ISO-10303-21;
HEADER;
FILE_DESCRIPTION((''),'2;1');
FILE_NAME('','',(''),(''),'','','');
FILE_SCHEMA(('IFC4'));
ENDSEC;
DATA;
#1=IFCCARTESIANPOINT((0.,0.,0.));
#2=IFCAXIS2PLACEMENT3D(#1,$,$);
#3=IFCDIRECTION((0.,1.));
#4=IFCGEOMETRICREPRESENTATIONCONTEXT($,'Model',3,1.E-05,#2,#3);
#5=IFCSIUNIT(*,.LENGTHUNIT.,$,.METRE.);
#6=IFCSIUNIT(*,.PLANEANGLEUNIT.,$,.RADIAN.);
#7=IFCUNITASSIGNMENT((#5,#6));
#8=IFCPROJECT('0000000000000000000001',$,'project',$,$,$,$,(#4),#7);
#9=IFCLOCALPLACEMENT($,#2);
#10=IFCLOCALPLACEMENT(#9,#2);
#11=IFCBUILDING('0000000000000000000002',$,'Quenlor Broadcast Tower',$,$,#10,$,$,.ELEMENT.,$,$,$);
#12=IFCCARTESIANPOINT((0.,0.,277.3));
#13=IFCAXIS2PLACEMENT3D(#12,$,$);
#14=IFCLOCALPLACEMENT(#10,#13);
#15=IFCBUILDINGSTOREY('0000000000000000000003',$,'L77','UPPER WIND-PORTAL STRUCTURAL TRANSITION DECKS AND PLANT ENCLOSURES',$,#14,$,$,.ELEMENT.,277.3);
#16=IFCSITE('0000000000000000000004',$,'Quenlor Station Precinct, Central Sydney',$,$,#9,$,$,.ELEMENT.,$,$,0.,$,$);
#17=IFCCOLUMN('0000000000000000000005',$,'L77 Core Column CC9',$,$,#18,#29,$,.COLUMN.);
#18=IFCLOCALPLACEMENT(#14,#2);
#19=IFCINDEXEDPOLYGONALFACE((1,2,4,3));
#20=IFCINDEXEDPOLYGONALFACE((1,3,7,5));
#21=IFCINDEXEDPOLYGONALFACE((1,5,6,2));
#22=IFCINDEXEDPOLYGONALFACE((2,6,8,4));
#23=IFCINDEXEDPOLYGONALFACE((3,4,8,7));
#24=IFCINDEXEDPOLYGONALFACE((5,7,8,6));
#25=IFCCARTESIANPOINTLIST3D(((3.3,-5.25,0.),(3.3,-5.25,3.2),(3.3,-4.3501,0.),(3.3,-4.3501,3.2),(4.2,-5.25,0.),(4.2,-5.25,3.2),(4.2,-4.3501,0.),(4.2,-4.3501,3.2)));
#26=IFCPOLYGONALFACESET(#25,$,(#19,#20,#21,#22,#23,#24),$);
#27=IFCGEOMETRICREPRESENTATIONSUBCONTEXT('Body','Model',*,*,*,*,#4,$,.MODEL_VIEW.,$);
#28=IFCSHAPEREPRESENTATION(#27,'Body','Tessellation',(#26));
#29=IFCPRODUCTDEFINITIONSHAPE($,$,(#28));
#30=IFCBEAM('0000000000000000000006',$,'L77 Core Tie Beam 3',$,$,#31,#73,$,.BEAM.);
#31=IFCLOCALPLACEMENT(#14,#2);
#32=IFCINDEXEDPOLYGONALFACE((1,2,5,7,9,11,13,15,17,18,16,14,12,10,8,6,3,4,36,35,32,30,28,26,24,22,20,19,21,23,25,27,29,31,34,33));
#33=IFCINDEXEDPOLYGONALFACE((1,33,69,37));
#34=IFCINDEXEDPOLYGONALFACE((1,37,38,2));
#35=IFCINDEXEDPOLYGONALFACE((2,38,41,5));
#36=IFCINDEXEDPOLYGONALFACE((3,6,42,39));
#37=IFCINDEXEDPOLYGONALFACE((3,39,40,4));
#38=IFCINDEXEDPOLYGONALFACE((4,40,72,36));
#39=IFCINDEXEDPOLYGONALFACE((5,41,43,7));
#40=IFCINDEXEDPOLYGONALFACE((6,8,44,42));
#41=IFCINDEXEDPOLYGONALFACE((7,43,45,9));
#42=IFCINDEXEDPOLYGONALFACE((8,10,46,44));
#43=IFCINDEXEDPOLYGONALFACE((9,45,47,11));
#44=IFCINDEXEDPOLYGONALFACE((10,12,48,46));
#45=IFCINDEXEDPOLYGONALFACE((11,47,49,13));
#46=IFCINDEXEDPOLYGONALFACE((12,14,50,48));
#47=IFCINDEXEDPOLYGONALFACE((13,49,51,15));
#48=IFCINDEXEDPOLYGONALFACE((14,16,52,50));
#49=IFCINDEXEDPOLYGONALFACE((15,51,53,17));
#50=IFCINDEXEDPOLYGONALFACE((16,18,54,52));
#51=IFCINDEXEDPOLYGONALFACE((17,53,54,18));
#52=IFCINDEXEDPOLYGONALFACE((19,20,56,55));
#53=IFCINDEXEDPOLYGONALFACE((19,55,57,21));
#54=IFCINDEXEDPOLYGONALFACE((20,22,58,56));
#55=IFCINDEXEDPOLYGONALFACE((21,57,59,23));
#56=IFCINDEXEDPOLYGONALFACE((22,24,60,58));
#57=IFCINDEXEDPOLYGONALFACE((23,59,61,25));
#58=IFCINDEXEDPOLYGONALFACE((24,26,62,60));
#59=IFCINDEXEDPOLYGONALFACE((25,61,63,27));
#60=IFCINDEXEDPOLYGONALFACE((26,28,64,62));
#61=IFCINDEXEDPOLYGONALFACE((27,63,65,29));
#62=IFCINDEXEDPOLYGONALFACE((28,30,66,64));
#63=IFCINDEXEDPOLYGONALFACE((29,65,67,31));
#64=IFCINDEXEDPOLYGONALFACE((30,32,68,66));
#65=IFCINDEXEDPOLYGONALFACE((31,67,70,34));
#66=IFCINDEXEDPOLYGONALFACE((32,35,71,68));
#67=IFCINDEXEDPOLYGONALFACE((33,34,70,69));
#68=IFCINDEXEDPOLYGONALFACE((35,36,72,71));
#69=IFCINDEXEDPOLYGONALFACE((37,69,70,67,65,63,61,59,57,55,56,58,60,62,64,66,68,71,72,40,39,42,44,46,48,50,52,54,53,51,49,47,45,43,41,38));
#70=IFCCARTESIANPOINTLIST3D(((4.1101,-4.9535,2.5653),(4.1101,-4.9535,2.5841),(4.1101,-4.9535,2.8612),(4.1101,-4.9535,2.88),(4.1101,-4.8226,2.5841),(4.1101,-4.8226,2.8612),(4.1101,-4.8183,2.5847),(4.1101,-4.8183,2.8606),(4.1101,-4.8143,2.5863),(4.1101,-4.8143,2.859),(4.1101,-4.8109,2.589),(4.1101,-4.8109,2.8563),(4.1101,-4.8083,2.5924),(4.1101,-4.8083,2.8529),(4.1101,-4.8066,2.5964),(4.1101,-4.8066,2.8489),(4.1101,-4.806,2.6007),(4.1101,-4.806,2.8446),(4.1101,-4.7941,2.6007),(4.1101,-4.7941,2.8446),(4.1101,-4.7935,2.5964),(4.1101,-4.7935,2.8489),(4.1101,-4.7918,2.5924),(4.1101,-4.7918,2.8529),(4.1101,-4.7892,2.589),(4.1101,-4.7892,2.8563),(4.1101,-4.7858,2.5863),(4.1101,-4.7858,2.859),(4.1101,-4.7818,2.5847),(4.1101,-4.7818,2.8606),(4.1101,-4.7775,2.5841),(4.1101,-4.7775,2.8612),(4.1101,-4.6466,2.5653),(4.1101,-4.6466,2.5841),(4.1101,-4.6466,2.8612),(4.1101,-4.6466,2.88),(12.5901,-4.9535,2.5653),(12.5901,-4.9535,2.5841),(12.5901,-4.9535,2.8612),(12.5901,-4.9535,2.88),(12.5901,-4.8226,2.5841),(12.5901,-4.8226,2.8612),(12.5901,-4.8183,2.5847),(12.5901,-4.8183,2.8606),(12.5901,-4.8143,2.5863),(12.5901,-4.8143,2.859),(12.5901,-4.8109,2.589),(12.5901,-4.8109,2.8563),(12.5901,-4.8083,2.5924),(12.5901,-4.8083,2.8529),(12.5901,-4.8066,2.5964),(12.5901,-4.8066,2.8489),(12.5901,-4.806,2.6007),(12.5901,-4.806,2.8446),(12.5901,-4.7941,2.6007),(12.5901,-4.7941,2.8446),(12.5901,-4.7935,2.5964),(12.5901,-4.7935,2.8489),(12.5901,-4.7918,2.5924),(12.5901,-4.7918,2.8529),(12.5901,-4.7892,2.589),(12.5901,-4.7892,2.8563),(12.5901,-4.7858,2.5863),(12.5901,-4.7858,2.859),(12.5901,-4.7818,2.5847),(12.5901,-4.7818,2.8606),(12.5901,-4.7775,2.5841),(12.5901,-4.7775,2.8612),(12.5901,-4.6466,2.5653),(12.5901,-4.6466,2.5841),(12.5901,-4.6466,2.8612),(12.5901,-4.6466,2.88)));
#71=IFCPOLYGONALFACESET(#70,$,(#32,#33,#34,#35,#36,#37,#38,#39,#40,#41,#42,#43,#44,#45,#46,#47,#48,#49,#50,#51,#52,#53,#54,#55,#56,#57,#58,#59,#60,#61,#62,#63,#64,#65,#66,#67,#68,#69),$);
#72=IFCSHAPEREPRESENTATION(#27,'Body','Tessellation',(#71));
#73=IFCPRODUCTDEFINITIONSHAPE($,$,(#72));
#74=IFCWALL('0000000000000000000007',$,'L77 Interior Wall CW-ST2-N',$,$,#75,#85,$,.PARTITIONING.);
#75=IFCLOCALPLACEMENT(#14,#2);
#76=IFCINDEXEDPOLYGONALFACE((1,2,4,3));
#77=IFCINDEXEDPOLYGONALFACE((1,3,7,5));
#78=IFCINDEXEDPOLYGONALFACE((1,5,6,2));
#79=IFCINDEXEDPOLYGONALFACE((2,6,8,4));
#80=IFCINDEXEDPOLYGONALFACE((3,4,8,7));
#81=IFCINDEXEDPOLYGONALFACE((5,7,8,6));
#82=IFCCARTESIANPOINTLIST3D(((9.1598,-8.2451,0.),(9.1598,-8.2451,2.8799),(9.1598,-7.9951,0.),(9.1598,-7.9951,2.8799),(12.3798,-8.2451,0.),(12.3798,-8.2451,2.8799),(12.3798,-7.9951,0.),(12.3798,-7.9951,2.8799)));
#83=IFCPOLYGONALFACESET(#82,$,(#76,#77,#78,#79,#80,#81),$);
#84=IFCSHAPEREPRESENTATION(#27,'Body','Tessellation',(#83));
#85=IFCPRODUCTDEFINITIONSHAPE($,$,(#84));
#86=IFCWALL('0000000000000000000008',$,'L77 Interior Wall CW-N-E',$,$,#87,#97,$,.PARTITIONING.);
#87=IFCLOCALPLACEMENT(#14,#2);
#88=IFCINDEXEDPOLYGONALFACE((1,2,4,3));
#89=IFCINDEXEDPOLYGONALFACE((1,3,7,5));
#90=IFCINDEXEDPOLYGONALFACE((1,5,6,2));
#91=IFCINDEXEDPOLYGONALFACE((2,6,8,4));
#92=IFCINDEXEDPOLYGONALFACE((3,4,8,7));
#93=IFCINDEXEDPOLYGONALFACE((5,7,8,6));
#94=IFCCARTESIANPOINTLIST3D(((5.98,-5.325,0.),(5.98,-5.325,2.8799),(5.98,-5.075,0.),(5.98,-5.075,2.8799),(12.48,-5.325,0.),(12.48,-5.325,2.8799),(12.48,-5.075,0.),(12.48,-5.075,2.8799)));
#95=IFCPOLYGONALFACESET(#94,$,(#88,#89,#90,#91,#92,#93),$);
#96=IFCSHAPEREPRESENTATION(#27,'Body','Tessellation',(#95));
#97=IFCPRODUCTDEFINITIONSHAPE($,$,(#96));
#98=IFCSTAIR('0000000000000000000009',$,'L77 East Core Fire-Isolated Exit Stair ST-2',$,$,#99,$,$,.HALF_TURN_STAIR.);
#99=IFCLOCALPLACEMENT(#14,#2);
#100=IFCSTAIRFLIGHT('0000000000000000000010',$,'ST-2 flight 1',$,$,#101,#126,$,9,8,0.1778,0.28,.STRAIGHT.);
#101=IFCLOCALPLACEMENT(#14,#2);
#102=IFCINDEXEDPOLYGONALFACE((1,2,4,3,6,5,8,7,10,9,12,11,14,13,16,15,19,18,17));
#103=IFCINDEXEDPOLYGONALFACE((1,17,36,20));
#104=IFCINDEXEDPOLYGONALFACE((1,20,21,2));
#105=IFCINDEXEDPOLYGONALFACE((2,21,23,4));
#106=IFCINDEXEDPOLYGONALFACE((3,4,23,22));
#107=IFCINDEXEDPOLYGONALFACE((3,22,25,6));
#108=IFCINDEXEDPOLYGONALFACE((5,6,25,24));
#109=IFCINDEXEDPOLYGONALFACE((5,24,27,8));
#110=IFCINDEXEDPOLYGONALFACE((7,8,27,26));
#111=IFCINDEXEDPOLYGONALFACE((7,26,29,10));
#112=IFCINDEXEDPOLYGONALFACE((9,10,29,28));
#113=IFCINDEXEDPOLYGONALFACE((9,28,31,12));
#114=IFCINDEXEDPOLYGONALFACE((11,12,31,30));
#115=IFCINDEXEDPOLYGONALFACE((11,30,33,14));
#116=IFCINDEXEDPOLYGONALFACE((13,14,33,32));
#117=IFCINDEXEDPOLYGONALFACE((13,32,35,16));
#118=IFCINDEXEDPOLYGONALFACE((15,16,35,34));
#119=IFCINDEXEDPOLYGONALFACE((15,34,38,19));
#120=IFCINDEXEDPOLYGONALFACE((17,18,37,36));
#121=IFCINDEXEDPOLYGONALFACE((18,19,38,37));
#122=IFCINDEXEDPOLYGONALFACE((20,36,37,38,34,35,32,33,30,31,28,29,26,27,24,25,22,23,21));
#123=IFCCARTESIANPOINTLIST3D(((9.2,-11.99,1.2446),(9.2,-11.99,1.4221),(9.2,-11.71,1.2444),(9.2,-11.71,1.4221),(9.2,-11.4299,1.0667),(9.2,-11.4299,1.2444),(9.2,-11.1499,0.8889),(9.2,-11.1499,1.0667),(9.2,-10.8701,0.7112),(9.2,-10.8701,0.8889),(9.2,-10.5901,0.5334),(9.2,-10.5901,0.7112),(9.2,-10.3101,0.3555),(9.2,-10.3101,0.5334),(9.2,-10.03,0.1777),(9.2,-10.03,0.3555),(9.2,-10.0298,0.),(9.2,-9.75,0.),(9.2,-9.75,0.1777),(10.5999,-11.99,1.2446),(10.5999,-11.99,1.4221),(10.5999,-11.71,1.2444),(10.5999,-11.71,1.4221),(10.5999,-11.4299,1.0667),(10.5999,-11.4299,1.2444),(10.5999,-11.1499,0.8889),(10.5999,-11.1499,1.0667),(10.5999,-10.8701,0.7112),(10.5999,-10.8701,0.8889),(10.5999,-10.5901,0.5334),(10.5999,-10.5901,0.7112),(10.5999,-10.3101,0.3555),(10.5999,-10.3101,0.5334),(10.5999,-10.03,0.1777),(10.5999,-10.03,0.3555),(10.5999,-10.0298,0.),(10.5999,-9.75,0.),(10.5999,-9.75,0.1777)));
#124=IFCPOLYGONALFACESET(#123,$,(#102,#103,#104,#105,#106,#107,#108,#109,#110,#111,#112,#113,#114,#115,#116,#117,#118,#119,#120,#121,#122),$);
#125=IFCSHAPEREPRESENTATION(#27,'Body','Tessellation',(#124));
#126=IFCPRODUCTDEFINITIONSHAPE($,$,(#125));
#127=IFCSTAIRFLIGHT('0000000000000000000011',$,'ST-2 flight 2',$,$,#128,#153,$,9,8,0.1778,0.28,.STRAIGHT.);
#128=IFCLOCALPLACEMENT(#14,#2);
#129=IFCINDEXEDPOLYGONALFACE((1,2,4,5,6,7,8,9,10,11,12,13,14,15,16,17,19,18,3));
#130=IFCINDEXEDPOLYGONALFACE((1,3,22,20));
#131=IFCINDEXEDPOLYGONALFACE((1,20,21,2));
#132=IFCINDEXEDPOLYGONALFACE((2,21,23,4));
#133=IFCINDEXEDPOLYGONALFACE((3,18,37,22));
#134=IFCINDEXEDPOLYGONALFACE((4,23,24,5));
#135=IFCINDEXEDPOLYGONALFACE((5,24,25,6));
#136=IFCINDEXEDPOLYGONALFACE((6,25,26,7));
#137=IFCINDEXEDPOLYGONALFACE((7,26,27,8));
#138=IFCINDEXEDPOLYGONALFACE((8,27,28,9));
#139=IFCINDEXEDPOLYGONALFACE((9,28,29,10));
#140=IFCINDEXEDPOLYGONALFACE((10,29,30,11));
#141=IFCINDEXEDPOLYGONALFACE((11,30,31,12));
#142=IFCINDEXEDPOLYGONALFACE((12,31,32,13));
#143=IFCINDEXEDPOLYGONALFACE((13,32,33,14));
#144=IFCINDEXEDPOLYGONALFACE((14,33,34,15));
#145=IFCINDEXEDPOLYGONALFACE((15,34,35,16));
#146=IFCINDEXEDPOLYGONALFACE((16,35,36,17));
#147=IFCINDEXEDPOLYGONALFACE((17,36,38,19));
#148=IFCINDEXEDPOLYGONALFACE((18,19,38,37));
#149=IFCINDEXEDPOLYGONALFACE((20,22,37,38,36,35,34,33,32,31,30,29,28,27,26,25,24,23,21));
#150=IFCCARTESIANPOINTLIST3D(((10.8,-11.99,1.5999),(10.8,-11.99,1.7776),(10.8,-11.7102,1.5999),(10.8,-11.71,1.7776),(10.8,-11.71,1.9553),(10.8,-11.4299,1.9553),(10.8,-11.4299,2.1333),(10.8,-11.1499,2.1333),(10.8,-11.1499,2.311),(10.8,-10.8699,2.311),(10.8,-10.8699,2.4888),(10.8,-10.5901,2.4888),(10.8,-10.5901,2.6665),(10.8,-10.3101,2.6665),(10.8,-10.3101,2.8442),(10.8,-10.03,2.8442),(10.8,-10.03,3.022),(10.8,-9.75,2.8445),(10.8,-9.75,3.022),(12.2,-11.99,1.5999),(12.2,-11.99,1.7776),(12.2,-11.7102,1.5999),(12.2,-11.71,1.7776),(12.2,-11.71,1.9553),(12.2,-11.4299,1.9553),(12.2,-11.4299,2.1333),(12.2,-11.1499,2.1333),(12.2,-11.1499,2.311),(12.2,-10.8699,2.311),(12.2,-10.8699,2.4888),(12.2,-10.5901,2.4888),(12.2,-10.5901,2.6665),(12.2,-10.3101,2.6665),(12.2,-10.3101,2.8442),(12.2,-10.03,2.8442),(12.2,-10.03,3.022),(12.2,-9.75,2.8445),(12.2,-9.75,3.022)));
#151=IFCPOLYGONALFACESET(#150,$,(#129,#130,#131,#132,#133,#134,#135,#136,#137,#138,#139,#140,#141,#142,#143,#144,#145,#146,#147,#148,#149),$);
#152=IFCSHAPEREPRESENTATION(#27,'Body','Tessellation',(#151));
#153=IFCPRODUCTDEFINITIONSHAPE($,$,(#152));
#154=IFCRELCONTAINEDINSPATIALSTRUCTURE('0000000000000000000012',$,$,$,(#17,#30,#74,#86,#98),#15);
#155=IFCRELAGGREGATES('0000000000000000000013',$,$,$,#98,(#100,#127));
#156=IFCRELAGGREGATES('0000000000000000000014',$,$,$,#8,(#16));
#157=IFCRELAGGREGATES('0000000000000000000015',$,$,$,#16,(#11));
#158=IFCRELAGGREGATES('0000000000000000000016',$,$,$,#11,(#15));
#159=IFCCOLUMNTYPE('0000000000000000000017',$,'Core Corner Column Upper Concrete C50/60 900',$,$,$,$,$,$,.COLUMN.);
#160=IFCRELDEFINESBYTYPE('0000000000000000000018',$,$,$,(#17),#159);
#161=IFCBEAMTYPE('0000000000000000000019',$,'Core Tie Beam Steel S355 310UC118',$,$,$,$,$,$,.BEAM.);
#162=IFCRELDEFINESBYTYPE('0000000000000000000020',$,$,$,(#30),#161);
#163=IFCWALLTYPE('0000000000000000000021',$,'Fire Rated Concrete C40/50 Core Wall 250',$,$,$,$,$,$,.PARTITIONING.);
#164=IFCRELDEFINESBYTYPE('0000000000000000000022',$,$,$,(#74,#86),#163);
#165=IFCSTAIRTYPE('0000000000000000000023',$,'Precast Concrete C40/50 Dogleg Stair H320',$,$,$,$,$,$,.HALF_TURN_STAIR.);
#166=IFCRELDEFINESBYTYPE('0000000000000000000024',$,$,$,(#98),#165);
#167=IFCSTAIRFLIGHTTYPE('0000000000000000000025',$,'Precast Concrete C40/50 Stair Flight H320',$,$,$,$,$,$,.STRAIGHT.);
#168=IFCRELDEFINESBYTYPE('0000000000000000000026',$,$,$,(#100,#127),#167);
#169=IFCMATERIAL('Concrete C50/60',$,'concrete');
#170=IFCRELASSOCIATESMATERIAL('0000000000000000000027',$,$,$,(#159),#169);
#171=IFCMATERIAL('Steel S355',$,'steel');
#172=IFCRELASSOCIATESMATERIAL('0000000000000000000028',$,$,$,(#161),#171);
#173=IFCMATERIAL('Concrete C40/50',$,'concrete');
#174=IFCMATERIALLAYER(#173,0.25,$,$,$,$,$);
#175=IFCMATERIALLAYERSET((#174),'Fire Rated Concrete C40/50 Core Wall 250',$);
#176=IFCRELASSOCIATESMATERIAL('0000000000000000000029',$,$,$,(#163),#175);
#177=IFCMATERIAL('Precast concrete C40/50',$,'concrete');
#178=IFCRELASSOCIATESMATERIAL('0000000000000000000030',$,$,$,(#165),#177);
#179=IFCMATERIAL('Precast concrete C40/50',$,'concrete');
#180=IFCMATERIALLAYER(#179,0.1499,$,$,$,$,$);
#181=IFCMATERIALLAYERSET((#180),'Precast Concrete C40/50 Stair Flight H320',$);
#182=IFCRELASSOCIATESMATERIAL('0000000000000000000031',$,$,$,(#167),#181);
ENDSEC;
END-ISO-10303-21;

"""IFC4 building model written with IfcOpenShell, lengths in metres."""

from ifc_helpers import new_model, si_unit, direction, frame, frame_2d, origin, origin_2d, place, context, subcontext, project, spatial, polyline, rectangle, i_section, outline, extrude, material, layer, layer_set, material_profile, profile_set, type_object, element, aggregate, save


model = new_model("IFC4")

# Units and contexts
model_context = context("Model", 3, precision=1e-05, world=origin(), true_north=direction((0.0, 1.0)))
body_context = subcontext(model_context, "Body", "Model", "MODEL_VIEW")
ifc_project = project(units=[si_unit("LENGTHUNIT", "METRE"), si_unit("PLANEANGLEUNIT", "RADIAN")], contexts=[model_context])

# Site, building, storey
site_placement = place(None, origin())
site = spatial("IfcSite", under=ifc_project, at=site_placement, Name="Quenlor Station Precinct, Central Sydney", CompositionType="ELEMENT", RefElevation=0.0)
building_placement = place(site_placement, origin())
building = spatial("IfcBuilding", under=site, at=building_placement, Name="Quenlor Broadcast Tower", CompositionType="ELEMENT")
storey_placement = place(building_placement, frame((0.0, 0.0, 277.3)))
storey = spatial("IfcBuildingStorey", under=building, at=storey_placement, Name="L77", Description="UPPER WIND-PORTAL STRUCTURAL TRANSITION DECKS AND PLANT ENCLOSURES", CompositionType="ELEMENT", Elevation=277.3)

# Column
ifc_material_1 = material(Name="Concrete C50/60", Category="concrete")
ifc_material_profile_1 = material_profile(ifc_material_1, rectangle(XDim=0.8999, YDim=0.8999, at=origin_2d()))
ifc_profile_set_1 = profile_set([ifc_material_profile_1], Name="Concrete C50/60 RC900x900")
column_type = type_object("IfcColumnType", Name="Core Corner Column Upper Concrete C50/60 900", PredefinedType="COLUMN", material=ifc_profile_set_1)
column_placement = place(storey_placement, frame((3.75, -4.8, 0.0), z_axis=(0.0, 0.0, 1.0), x_axis=(1.0, 0.0, 0.0)))
element("IfcColumn", 1, at=column_placement, inside=storey, type_object=column_type, Name="L77 Core Column CC9", PredefinedType="COLUMN", context=body_context, shape_type="SweptSolid", body=[
    extrude(rectangle(XDim=0.8999, YDim=0.8999, at=origin_2d()), origin(), (0.0, 0.0, 1.0), 3.2),
])

# Beam
ifc_material_2 = material(Name="Steel S355", Category="steel")
ifc_material_profile_2 = material_profile(ifc_material_2, i_section(OverallWidth=0.3069, OverallDepth=0.3147, WebThickness=0.012, FlangeThickness=0.0188, FilletRadius=0.0166, at=origin_2d()))
ifc_profile_set_2 = profile_set([ifc_material_profile_2], Name="Steel S355 310UC118")
beam_type = type_object("IfcBeamType", Name="Core Tie Beam Steel S355 310UC118", PredefinedType="BEAM", material=ifc_profile_set_2)
beam_placement = place(storey_placement, frame((4.1101, -4.8, 2.7227), z_axis=(1.0, 0.0, 0.0), x_axis=(0.0, 1.0, 0.0)))
element("IfcBeam", 2, at=beam_placement, inside=storey, type_object=beam_type, Name="L77 Core Tie Beam 3", PredefinedType="BEAM", context=body_context, shape_type="SweptSolid", body=[
    extrude(i_section(OverallWidth=0.3069, OverallDepth=0.3147, WebThickness=0.012, FlangeThickness=0.0188, FilletRadius=0.0166, at=origin_2d()), origin(), (0.0, 0.0, 1.0), 8.48),
])

# Shared definitions
ifc_material_3 = material(Name="Concrete C40/50", Category="concrete")
ifc_layer_1 = layer(ifc_material_3, 0.25)
ifc_layer_set_1 = layer_set([ifc_layer_1], Name="Fire Rated Concrete C40/50 Core Wall 250")
wall_type_1 = type_object("IfcWallType", Name="Fire Rated Concrete C40/50 Core Wall 250", PredefinedType="PARTITIONING", material=ifc_layer_set_1)

# Wall
wall_1_placement = place(storey_placement, frame((9.1599, -8.1201, 0.0), z_axis=(0.0, 0.0, 1.0), x_axis=(1.0, 0.0, 0.0)))
element("IfcWall", 3, at=wall_1_placement, inside=storey, type_object=wall_type_1, Name="L77 Interior Wall CW-ST2-N", PredefinedType="PARTITIONING", context=body_context, shape_type="SweptSolid", body=[
    extrude(rectangle(XDim=3.22, YDim=0.25, at=frame_2d((1.6099, 0.0))), origin(), (0.0, 0.0, 1.0), 2.8799),
])

# Wall
wall_2_placement = place(storey_placement, frame((5.98, -5.2, 0.0), z_axis=(0.0, 0.0, 1.0), x_axis=(1.0, 0.0, 0.0)))
element("IfcWall", 4, at=wall_2_placement, inside=storey, type_object=wall_type_1, Name="L77 Interior Wall CW-N-E", PredefinedType="PARTITIONING", context=body_context, shape_type="SweptSolid", body=[
    extrude(rectangle(XDim=6.5, YDim=0.25, at=frame_2d((3.25, 0.0))), origin(), (0.0, 0.0, 1.0), 2.8799),
])

# Stair, stair flights
ifc_material_4 = material(Name="Precast concrete C40/50", Category="concrete")
stair_type = type_object("IfcStairType", Name="Precast Concrete C40/50 Dogleg Stair H320", PredefinedType="HALF_TURN_STAIR", material=ifc_material_4)
stair_placement = place(storey_placement, origin())
stair = element("IfcStair", 5, at=stair_placement, inside=storey, type_object=stair_type, Name="L77 East Core Fire-Isolated Exit Stair ST-2", PredefinedType="HALF_TURN_STAIR")
ifc_material_5 = material(Name="Precast concrete C40/50", Category="concrete")
ifc_layer_2 = layer(ifc_material_5, 0.1499)
ifc_layer_set_2 = layer_set([ifc_layer_2], Name="Precast Concrete C40/50 Stair Flight H320")
stair_flight_type = type_object("IfcStairFlightType", Name="Precast Concrete C40/50 Stair Flight H320", PredefinedType="STRAIGHT", material=ifc_layer_set_2)
stair_flight_1_placement = place(storey_placement, frame((9.8999, -9.75, 0.0), z_axis=(0.0, 0.0, 1.0), x_axis=(0.0, -1.0, 0.0)))
stair_flight_1 = element("IfcStairFlight", 6, at=stair_flight_1_placement, type_object=stair_flight_type, Name="ST-2 flight 1", NumberOfRisers=9, NumberOfTreads=8, PredefinedType="STRAIGHT", RiserHeight=0.1778, TreadLength=0.28, context=body_context, shape_type="SweptSolid", body=[
    extrude(outline(polyline([(0.0, 0.0), (0.0, 0.1777), (0.28, 0.1777), (0.28, 0.3555), (0.5601, 0.3555), (0.5601, 0.5334), (0.8401, 0.5334), (0.8401, 0.7112), (1.1201, 0.7112), (1.1201, 0.8889), (1.3999, 0.8889), (1.3999, 1.0667), (1.6799, 1.0667), (1.6799, 1.2444), (1.96, 1.2444), (1.96, 1.4221), (2.24, 1.4221), (2.24, 1.6001), (2.24, 1.2446), (0.2798, 0.0), (0.0, 0.0)])), frame((0.0, 0.7, 0.0), z_axis=(0.0, -1.0, 0.0), x_axis=(1.0, 0.0, 0.0)), (0.0, 0.0, 1.0), 1.3999),
])
stair_flight_2_placement = place(storey_placement, frame((11.5, -11.99, 1.5999), z_axis=(0.0, 0.0, 1.0), x_axis=(0.0, 1.0, 0.0)))
stair_flight_2 = element("IfcStairFlight", 7, at=stair_flight_2_placement, type_object=stair_flight_type, Name="ST-2 flight 2", NumberOfRisers=9, NumberOfTreads=8, PredefinedType="STRAIGHT", RiserHeight=0.1778, TreadLength=0.28, context=body_context, shape_type="SweptSolid", body=[
    extrude(outline(polyline([(0.0, 0.0), (0.0, 0.1777), (0.28, 0.1777), (0.28, 0.3555), (0.5601, 0.3555), (0.5601, 0.5334), (0.8401, 0.5334), (0.8401, 0.7112), (1.1201, 0.7112), (1.1201, 0.8889), (1.3999, 0.8889), (1.3999, 1.0667), (1.6799, 1.0667), (1.6799, 1.2444), (1.96, 1.2444), (1.96, 1.4221), (2.24, 1.4221), (2.24, 1.6001), (2.24, 1.2446), (0.2798, 0.0), (0.0, 0.0)])), frame((0.0, 0.7, 0.0), z_axis=(0.0, -1.0, 0.0), x_axis=(1.0, 0.0, 0.0)), (0.0, 0.0, 1.0), 1.3999),
])
aggregate(stair, [stair_flight_1, stair_flight_2])

save(model, "model.ifc")
